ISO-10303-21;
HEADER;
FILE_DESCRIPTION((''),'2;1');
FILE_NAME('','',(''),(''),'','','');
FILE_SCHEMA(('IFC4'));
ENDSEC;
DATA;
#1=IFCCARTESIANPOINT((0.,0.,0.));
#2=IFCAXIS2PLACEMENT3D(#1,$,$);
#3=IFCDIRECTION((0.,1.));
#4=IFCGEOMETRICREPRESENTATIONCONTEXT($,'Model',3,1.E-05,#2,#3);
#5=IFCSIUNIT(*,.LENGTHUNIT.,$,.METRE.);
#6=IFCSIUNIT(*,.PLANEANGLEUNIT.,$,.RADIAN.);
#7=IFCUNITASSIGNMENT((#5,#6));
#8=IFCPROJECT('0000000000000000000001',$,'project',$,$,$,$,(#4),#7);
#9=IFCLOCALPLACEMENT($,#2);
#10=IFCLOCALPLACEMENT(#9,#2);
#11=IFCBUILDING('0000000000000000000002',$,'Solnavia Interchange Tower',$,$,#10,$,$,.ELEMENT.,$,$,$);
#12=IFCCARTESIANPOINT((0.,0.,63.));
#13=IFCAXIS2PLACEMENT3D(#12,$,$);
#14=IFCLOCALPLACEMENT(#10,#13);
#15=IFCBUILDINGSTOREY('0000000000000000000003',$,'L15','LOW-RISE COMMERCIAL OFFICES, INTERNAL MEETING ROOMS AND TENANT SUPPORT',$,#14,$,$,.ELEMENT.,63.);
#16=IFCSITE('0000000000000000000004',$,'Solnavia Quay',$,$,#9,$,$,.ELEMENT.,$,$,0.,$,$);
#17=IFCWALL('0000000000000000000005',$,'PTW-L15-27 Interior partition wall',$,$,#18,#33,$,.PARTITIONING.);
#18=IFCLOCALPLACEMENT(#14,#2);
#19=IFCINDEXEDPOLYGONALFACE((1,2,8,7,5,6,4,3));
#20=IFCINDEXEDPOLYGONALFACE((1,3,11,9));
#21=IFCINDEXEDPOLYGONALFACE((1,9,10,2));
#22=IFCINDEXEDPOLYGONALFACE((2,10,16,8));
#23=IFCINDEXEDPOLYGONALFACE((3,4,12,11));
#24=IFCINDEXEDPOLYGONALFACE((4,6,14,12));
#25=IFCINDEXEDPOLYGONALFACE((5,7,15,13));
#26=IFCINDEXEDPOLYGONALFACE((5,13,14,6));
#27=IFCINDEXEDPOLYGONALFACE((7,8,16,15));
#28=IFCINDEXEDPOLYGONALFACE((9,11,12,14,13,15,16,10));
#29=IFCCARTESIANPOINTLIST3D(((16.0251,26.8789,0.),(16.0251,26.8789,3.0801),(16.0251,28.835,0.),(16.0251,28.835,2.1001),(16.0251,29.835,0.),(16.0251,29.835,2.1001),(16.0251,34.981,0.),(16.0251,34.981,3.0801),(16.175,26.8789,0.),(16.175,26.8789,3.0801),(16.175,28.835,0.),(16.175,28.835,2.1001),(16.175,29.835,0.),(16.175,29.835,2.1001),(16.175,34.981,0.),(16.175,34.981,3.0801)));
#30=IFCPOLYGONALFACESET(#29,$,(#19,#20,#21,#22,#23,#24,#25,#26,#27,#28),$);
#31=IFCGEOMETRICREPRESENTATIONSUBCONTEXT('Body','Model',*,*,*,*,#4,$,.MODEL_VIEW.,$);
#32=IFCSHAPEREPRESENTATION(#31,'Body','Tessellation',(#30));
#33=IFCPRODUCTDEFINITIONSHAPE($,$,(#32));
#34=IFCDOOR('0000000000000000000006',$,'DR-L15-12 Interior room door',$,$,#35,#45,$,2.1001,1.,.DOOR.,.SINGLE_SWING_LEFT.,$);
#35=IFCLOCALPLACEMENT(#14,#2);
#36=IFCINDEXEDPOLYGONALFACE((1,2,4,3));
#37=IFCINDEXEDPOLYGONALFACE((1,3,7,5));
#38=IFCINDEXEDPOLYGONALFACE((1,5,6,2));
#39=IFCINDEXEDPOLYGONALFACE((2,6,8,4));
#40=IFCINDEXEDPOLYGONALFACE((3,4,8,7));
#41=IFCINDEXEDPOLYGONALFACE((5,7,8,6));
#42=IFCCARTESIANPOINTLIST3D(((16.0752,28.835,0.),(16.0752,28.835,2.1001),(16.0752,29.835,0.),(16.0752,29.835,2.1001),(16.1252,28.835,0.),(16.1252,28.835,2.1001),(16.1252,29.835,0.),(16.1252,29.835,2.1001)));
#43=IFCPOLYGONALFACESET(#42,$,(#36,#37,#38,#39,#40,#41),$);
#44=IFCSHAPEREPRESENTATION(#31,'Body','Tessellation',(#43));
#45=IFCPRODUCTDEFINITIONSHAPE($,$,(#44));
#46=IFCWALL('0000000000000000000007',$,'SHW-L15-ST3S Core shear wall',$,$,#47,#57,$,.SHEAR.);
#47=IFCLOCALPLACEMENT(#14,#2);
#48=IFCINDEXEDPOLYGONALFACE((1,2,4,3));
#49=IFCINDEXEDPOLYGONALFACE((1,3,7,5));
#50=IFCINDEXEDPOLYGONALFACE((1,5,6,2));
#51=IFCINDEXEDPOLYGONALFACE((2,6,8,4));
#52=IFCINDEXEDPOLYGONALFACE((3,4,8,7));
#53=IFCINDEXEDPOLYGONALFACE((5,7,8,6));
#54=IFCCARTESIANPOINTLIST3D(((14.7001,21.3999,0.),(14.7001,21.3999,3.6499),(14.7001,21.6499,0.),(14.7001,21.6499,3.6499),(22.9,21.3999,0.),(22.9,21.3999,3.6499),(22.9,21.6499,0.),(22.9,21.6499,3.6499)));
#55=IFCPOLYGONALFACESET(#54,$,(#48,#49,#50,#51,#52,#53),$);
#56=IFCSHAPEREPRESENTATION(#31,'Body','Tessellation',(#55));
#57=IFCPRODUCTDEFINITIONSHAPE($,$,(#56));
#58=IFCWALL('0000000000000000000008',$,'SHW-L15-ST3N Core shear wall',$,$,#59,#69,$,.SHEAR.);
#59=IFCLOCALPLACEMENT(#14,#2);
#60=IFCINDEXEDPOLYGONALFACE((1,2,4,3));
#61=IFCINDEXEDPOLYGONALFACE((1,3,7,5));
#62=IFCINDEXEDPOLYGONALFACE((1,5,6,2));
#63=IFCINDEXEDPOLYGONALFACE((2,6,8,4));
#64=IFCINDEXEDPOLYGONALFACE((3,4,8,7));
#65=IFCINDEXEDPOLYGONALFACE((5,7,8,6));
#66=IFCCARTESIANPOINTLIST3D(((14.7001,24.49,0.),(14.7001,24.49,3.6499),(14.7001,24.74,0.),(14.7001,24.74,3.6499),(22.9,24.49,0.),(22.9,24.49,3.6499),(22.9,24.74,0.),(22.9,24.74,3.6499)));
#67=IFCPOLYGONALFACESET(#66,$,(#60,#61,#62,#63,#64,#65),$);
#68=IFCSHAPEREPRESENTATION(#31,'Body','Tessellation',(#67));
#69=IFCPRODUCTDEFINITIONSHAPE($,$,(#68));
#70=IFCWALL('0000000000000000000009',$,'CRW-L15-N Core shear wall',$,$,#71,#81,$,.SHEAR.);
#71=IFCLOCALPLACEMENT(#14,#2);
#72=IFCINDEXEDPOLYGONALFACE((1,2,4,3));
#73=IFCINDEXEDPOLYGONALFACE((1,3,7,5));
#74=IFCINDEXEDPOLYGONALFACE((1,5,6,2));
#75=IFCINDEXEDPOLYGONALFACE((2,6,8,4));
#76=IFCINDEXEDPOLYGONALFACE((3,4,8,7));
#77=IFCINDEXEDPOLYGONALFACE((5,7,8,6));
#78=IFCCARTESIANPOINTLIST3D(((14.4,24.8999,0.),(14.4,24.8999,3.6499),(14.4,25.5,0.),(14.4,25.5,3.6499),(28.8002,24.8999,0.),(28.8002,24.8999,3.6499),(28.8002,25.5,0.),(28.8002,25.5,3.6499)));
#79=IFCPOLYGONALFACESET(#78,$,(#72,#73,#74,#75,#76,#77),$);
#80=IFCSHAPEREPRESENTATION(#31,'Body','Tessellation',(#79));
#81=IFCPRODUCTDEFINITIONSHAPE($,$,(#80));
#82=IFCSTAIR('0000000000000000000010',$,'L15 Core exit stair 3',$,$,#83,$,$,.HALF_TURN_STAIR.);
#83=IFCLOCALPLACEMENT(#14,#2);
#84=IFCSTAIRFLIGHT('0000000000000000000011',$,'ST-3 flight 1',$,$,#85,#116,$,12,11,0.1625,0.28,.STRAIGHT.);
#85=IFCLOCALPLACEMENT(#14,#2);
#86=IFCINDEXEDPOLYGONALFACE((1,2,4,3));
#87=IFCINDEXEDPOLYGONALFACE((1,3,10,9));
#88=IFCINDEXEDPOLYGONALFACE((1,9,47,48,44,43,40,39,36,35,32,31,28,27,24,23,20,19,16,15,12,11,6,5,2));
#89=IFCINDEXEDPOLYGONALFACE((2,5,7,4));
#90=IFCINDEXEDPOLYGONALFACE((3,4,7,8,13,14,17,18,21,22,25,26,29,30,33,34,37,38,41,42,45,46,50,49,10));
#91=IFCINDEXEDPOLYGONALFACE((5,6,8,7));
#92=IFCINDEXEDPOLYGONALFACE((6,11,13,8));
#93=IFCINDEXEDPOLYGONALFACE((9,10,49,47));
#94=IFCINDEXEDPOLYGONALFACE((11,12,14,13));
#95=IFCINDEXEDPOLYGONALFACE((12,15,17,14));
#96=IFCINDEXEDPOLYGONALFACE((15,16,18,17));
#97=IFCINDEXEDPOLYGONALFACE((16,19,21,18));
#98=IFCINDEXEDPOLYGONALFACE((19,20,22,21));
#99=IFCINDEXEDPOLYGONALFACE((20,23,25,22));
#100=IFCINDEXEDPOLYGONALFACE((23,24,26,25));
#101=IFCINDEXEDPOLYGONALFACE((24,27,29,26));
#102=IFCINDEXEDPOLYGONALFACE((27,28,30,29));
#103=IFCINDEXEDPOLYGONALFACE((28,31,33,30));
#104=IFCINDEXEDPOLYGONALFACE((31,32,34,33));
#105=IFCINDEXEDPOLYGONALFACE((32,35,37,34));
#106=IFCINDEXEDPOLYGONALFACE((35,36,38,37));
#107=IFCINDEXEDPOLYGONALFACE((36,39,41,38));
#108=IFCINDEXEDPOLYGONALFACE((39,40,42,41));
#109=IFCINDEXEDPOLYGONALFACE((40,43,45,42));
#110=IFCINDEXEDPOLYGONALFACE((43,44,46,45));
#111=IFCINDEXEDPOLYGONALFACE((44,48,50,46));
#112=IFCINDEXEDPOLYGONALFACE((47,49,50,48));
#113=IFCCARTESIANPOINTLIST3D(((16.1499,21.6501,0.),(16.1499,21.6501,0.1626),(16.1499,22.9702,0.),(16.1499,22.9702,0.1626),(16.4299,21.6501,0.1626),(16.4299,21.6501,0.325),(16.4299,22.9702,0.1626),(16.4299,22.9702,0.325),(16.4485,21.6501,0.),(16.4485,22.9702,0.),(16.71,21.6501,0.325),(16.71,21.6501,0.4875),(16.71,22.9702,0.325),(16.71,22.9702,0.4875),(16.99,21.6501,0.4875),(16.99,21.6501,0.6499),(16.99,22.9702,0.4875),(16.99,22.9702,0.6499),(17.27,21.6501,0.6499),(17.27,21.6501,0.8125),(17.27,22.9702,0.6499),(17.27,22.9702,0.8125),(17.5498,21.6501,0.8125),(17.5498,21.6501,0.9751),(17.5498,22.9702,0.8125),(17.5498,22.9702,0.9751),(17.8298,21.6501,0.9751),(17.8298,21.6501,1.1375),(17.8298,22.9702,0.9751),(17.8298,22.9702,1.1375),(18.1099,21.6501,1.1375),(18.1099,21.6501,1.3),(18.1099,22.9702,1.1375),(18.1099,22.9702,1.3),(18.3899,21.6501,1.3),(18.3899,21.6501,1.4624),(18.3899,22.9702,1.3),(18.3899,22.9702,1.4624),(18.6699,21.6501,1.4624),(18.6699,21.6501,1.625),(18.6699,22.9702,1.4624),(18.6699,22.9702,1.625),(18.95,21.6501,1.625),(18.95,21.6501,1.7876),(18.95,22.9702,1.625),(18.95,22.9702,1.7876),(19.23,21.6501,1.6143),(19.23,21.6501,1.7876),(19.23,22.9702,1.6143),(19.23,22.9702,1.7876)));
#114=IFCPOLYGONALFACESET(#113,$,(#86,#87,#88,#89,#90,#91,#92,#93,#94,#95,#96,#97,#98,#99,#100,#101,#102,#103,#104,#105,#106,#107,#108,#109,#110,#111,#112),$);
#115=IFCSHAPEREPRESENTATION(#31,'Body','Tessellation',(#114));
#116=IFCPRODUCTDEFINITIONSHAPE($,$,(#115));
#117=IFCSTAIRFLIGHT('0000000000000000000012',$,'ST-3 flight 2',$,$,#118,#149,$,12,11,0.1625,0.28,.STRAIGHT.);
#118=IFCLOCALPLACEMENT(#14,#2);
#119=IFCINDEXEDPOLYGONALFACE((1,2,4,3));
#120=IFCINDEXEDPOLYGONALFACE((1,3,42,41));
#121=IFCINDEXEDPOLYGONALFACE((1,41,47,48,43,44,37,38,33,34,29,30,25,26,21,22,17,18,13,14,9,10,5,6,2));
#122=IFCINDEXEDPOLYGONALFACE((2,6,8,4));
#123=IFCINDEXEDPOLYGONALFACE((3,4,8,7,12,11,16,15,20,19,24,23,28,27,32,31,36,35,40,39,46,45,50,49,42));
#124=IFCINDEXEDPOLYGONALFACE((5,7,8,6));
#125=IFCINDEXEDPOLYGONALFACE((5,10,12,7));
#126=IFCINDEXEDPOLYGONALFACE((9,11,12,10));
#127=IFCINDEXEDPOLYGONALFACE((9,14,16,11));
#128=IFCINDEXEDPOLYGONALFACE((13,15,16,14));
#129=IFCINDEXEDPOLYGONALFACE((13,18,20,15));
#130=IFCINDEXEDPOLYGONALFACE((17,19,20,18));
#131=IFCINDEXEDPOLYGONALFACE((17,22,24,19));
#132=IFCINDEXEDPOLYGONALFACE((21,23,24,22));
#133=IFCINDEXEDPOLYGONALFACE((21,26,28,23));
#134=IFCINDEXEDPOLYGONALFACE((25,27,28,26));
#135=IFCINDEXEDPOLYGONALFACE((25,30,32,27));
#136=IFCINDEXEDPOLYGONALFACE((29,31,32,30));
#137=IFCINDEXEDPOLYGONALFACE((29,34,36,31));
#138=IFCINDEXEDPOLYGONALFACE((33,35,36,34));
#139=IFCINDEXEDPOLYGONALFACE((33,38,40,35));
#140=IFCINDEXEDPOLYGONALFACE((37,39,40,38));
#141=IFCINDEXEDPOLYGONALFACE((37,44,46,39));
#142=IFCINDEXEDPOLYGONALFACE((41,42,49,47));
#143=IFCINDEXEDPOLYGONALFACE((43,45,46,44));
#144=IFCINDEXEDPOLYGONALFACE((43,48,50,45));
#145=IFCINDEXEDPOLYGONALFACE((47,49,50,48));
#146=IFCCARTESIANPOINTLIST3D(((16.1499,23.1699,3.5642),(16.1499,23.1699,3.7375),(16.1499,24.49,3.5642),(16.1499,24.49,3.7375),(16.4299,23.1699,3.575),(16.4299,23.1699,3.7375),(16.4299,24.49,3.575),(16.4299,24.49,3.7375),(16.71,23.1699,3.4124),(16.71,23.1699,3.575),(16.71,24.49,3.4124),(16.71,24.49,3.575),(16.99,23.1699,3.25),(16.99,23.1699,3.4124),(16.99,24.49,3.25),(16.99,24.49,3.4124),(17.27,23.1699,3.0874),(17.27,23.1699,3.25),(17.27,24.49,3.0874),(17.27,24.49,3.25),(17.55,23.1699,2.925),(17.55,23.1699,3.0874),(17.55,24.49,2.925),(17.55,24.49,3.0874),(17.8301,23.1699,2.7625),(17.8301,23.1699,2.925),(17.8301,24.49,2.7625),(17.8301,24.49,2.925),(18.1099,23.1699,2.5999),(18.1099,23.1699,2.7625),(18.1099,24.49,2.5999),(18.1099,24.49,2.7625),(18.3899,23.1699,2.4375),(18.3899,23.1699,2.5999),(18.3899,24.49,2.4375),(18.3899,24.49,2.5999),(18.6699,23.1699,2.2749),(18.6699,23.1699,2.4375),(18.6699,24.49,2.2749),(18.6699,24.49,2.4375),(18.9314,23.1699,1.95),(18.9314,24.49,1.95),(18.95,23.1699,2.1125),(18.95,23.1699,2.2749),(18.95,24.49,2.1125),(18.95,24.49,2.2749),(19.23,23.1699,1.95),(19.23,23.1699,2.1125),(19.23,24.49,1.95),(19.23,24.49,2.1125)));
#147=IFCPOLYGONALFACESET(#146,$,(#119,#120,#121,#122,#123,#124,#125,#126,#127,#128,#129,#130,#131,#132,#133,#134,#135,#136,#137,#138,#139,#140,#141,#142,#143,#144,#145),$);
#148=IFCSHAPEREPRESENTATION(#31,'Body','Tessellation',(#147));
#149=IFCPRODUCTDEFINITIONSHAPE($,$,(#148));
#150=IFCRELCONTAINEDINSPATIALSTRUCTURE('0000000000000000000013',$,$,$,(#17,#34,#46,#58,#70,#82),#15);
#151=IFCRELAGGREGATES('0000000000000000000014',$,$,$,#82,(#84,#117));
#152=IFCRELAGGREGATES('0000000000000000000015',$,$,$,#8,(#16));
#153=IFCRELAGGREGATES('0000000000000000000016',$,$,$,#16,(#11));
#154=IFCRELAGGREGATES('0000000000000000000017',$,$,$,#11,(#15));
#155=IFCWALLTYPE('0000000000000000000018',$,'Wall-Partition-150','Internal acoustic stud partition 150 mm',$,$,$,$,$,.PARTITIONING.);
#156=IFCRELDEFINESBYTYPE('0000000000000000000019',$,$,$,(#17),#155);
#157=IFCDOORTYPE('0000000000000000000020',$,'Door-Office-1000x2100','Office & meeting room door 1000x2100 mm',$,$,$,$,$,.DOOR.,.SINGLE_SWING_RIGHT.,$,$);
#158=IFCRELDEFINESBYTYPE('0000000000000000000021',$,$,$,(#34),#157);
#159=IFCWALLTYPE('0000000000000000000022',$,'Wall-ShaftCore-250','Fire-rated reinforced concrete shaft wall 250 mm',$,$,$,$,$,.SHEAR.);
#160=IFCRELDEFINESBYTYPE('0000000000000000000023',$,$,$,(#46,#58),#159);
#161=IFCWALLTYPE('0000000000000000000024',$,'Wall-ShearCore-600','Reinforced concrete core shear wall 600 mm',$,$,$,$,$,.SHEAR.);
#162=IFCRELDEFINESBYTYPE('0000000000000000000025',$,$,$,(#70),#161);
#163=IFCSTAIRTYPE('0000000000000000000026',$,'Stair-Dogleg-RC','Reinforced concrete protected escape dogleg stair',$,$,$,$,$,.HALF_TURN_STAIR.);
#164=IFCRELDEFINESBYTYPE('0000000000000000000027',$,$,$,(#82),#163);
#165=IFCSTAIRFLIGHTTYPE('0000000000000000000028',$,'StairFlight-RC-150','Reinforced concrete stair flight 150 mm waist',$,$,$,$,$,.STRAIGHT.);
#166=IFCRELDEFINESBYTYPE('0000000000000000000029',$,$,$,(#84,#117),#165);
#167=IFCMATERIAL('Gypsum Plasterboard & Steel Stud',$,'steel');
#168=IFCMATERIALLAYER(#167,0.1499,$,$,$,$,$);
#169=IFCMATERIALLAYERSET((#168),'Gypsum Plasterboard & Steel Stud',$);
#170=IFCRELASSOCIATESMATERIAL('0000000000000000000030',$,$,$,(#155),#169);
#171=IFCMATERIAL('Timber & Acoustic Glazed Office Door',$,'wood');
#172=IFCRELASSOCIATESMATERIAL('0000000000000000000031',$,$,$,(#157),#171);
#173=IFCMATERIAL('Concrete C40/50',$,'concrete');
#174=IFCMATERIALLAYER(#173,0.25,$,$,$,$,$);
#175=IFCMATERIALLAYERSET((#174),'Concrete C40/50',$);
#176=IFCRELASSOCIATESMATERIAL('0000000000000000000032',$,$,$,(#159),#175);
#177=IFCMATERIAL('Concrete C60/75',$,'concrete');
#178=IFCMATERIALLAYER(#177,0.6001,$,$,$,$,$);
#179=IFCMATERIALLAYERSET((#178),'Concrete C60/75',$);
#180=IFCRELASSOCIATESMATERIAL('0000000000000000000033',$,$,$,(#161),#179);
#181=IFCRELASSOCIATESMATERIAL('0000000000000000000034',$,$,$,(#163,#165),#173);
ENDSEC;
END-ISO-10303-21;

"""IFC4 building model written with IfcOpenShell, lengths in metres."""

from ifc_helpers import new_model, si_unit, direction, frame, frame_2d, origin, place, context, subcontext, project, spatial, polyline, rectangle, outline, extrude, material, layer, layer_set, type_object, element, fill, aggregate, save


model = new_model("IFC4")

# Units and contexts
model_context = context("Model", 3, precision=1e-05, world=origin(), true_north=direction((0.0, 1.0)))
body_context = subcontext(model_context, "Body", "Model", "MODEL_VIEW")
ifc_project = project(units=[si_unit("LENGTHUNIT", "METRE"), si_unit("PLANEANGLEUNIT", "RADIAN")], contexts=[model_context])

# Site, building, storey
site_placement = place(None, origin())
site = spatial("IfcSite", under=ifc_project, at=site_placement, Name="Solnavia Quay", CompositionType="ELEMENT", RefElevation=0.0)
building_placement = place(site_placement, origin())
building = spatial("IfcBuilding", under=site, at=building_placement, Name="Solnavia Interchange Tower", CompositionType="ELEMENT")
storey_placement = place(building_placement, frame((0.0, 0.0, 63.0)))
storey = spatial("IfcBuildingStorey", under=building, at=storey_placement, Name="L15", Description="LOW-RISE COMMERCIAL OFFICES, INTERNAL MEETING ROOMS AND TENANT SUPPORT", CompositionType="ELEMENT", Elevation=63.0)

# Shared definitions
ifc_material_1 = material(Name="Gypsum Plasterboard & Steel Stud", Category="steel")
ifc_layer_1 = layer(ifc_material_1, 0.1499)
ifc_layer_set_1 = layer_set([ifc_layer_1], Name="Gypsum Plasterboard & Steel Stud")
wall_type_1 = type_object("IfcWallType", Name="Wall-Partition-150", Description="Internal acoustic stud partition 150 mm", PredefinedType="PARTITIONING", material=ifc_layer_set_1)
ifc_material_2 = material(Name="Timber & Acoustic Glazed Office Door", Category="wood")
door_type = type_object("IfcDoorType", Name="Door-Office-1000x2100", Description="Office & meeting room door 1000x2100 mm", OperationType="SINGLE_SWING_RIGHT", PredefinedType="DOOR", material=ifc_material_2)

# Wall, opening, door
wall_1_placement = place(storey_placement, frame((16.1001, 26.8789, 0.0), z_axis=(0.0, 0.0, 1.0), x_axis=(0.0, 1.0, 0.0)))
wall_1 = element("IfcWall", 1, at=wall_1_placement, inside=storey, type_object=wall_type_1, Name="PTW-L15-27 Interior partition wall", PredefinedType="PARTITIONING", context=body_context, shape_type="SweptSolid", body=[
    extrude(rectangle(XDim=8.1021, YDim=0.1499, at=frame_2d((4.051, 0.0))), origin(), (0.0, 0.0, 1.0), 3.0801),
])
opening_1_placement = place(wall_1_placement, frame((1.9561, 0.0, 0.0)))
opening_1 = element("IfcOpeningElement", 2, at=opening_1_placement, cuts=wall_1, PredefinedType="OPENING", context=body_context, shape_type="SweptSolid", body=[
    extrude(rectangle(XDim=1.0, YDim=2.1001, at=frame_2d((0.5, 1.05))), frame((0.0, 0.085, 0.0), z_axis=(0.0, -1.0, 0.0), x_axis=(1.0, 0.0, 0.0)), (0.0, 0.0, 1.0), 0.1699),
])
door_1_placement = place(opening_1_placement, origin())
door_1 = element("IfcDoor", 3, at=door_1_placement, inside=storey, type_object=door_type, Name="DR-L15-12 Interior room door", OperationType="SINGLE_SWING_LEFT", OverallHeight=2.1001, OverallWidth=1.0, PredefinedType="DOOR", context=body_context, shape_type="SweptSolid", body=[
    extrude(rectangle(XDim=1.0, YDim=2.1001, at=frame_2d((0.5, 1.05))), frame((0.0, 0.0249, 0.0), z_axis=(0.0, -1.0, 0.0), x_axis=(1.0, 0.0, 0.0)), (0.0, 0.0, 1.0), 0.05),
])
fill(opening_1, door_1)

# Walls
ifc_material_3 = material(Name="Concrete C40/50", Category="concrete")
ifc_layer_2 = layer(ifc_material_3, 0.25)
ifc_layer_set_2 = layer_set([ifc_layer_2], Name="Concrete C40/50")
wall_type_2 = type_object("IfcWallType", Name="Wall-ShaftCore-250", Description="Fire-rated reinforced concrete shaft wall 250 mm", PredefinedType="SHEAR", material=ifc_layer_set_2)
for number, where, z_axis, x_axis, name in (
    (4, (14.7, 21.5249, 0.0), (0.0, 0.0, 1.0), (1.0, 0.0, 0.0), "SHW-L15-ST3S Core shear wall"),
    (5, (14.7, 24.615, 0.0), (0.0, 0.0, 1.0), (1.0, 0.0, 0.0), "SHW-L15-ST3N Core shear wall"),
):
    element("IfcWall", number, at=place(storey_placement, frame(where, z_axis=z_axis, x_axis=x_axis)), inside=storey, type_object=wall_type_2, Name=name, PredefinedType="SHEAR", context=body_context, shape_type="SweptSolid", body=[
        extrude(rectangle(XDim=8.2, YDim=0.25, at=frame_2d((4.1001, 0.0))), origin(), (0.0, 0.0, 1.0), 3.6499),
    ])
ifc_material_4 = material(Name="Concrete C60/75", Category="concrete")
ifc_layer_3 = layer(ifc_material_4, 0.6001)
ifc_layer_set_3 = layer_set([ifc_layer_3], Name="Concrete C60/75")
wall_type_3 = type_object("IfcWallType", Name="Wall-ShearCore-600", Description="Reinforced concrete core shear wall 600 mm", PredefinedType="SHEAR", material=ifc_layer_set_3)
wall_2_placement = place(storey_placement, frame((14.3999, 25.2, 0.0), z_axis=(0.0, 0.0, 1.0), x_axis=(1.0, 0.0, 0.0)))
element("IfcWall", 6, at=wall_2_placement, inside=storey, type_object=wall_type_3, Name="CRW-L15-N Core shear wall", PredefinedType="SHEAR", context=body_context, shape_type="SweptSolid", body=[
    extrude(rectangle(XDim=14.4001, YDim=0.6001, at=frame_2d((7.2002, 0.0))), origin(), (0.0, 0.0, 1.0), 3.6499),
])

# Stair, stair flights
stair_type = type_object("IfcStairType", Name="Stair-Dogleg-RC", Description="Reinforced concrete protected escape dogleg stair", PredefinedType="HALF_TURN_STAIR", material=ifc_material_3)
stair_placement = place(storey_placement, origin())
stair = element("IfcStair", 7, at=stair_placement, inside=storey, type_object=stair_type, Name="L15 Core exit stair 3", PredefinedType="HALF_TURN_STAIR")
stair_flight_type = type_object("IfcStairFlightType", Name="StairFlight-RC-150", Description="Reinforced concrete stair flight 150 mm waist", PredefinedType="STRAIGHT", material=ifc_material_3)
stair_flight_1_placement = place(storey_placement, frame((16.1499, 22.3101, 0.0), z_axis=(0.0, 0.0, 1.0), x_axis=(1.0, 0.0, 0.0)))
stair_flight_1 = element("IfcStairFlight", 8, at=stair_flight_1_placement, type_object=stair_flight_type, Name="ST-3 flight 1", NumberOfRisers=12, NumberOfTreads=11, PredefinedType="STRAIGHT", RiserHeight=0.1625, TreadLength=0.28, context=body_context, shape_type="SweptSolid", body=[
    extrude(outline(polyline([(0.0, 0.0), (0.0, 0.1626), (0.28, 0.1626), (0.28, 0.325), (0.5601, 0.325), (0.5601, 0.4875), (0.8401, 0.4875), (0.8401, 0.6499), (1.1201, 0.6499), (1.1201, 0.8125), (1.3999, 0.8125), (1.3999, 0.9751), (1.6799, 0.9751), (1.6799, 1.1375), (1.96, 1.1375), (1.96, 1.3), (2.24, 1.3), (2.24, 1.4624), (2.52, 1.4624), (2.52, 1.625), (2.8, 1.625), (2.8, 1.7876), (3.0801, 1.7876), (3.0801, 1.95), (3.0801, 1.6143), (0.2986, 0.0), (0.0, 0.0)])), frame((0.0, 0.6602, 0.0), z_axis=(0.0, -1.0, 0.0), x_axis=(1.0, 0.0, 0.0)), (0.0, 0.0, 1.0), 1.3201),
])
stair_flight_2_placement = place(storey_placement, frame((19.23, 23.8301, 1.95), z_axis=(0.0, 0.0, 1.0), x_axis=(-1.0, 0.0, 0.0)))
stair_flight_2 = element("IfcStairFlight", 9, at=stair_flight_2_placement, type_object=stair_flight_type, Name="ST-3 flight 2", NumberOfRisers=12, NumberOfTreads=11, PredefinedType="STRAIGHT", RiserHeight=0.1625, TreadLength=0.28, context=body_context, shape_type="SweptSolid", body=[
    extrude(outline(polyline([(0.0, 0.0), (0.0, 0.1626), (0.28, 0.1626), (0.28, 0.325), (0.5601, 0.325), (0.5601, 0.4875), (0.8401, 0.4875), (0.8401, 0.6499), (1.1201, 0.6499), (1.1201, 0.8125), (1.3999, 0.8125), (1.3999, 0.9751), (1.6799, 0.9751), (1.6799, 1.1375), (1.96, 1.1375), (1.96, 1.3), (2.24, 1.3), (2.24, 1.4624), (2.52, 1.4624), (2.52, 1.625), (2.8, 1.625), (2.8, 1.7876), (3.0801, 1.7876), (3.0801, 1.95), (3.0801, 1.6143), (0.2986, 0.0), (0.0, 0.0)])), frame((0.0, 0.6602, 0.0), z_axis=(0.0, -1.0, 0.0), x_axis=(1.0, 0.0, 0.0)), (0.0, 0.0, 1.0), 1.3201),
])
aggregate(stair, [stair_flight_1, stair_flight_2])

save(model, "model.ifc")
